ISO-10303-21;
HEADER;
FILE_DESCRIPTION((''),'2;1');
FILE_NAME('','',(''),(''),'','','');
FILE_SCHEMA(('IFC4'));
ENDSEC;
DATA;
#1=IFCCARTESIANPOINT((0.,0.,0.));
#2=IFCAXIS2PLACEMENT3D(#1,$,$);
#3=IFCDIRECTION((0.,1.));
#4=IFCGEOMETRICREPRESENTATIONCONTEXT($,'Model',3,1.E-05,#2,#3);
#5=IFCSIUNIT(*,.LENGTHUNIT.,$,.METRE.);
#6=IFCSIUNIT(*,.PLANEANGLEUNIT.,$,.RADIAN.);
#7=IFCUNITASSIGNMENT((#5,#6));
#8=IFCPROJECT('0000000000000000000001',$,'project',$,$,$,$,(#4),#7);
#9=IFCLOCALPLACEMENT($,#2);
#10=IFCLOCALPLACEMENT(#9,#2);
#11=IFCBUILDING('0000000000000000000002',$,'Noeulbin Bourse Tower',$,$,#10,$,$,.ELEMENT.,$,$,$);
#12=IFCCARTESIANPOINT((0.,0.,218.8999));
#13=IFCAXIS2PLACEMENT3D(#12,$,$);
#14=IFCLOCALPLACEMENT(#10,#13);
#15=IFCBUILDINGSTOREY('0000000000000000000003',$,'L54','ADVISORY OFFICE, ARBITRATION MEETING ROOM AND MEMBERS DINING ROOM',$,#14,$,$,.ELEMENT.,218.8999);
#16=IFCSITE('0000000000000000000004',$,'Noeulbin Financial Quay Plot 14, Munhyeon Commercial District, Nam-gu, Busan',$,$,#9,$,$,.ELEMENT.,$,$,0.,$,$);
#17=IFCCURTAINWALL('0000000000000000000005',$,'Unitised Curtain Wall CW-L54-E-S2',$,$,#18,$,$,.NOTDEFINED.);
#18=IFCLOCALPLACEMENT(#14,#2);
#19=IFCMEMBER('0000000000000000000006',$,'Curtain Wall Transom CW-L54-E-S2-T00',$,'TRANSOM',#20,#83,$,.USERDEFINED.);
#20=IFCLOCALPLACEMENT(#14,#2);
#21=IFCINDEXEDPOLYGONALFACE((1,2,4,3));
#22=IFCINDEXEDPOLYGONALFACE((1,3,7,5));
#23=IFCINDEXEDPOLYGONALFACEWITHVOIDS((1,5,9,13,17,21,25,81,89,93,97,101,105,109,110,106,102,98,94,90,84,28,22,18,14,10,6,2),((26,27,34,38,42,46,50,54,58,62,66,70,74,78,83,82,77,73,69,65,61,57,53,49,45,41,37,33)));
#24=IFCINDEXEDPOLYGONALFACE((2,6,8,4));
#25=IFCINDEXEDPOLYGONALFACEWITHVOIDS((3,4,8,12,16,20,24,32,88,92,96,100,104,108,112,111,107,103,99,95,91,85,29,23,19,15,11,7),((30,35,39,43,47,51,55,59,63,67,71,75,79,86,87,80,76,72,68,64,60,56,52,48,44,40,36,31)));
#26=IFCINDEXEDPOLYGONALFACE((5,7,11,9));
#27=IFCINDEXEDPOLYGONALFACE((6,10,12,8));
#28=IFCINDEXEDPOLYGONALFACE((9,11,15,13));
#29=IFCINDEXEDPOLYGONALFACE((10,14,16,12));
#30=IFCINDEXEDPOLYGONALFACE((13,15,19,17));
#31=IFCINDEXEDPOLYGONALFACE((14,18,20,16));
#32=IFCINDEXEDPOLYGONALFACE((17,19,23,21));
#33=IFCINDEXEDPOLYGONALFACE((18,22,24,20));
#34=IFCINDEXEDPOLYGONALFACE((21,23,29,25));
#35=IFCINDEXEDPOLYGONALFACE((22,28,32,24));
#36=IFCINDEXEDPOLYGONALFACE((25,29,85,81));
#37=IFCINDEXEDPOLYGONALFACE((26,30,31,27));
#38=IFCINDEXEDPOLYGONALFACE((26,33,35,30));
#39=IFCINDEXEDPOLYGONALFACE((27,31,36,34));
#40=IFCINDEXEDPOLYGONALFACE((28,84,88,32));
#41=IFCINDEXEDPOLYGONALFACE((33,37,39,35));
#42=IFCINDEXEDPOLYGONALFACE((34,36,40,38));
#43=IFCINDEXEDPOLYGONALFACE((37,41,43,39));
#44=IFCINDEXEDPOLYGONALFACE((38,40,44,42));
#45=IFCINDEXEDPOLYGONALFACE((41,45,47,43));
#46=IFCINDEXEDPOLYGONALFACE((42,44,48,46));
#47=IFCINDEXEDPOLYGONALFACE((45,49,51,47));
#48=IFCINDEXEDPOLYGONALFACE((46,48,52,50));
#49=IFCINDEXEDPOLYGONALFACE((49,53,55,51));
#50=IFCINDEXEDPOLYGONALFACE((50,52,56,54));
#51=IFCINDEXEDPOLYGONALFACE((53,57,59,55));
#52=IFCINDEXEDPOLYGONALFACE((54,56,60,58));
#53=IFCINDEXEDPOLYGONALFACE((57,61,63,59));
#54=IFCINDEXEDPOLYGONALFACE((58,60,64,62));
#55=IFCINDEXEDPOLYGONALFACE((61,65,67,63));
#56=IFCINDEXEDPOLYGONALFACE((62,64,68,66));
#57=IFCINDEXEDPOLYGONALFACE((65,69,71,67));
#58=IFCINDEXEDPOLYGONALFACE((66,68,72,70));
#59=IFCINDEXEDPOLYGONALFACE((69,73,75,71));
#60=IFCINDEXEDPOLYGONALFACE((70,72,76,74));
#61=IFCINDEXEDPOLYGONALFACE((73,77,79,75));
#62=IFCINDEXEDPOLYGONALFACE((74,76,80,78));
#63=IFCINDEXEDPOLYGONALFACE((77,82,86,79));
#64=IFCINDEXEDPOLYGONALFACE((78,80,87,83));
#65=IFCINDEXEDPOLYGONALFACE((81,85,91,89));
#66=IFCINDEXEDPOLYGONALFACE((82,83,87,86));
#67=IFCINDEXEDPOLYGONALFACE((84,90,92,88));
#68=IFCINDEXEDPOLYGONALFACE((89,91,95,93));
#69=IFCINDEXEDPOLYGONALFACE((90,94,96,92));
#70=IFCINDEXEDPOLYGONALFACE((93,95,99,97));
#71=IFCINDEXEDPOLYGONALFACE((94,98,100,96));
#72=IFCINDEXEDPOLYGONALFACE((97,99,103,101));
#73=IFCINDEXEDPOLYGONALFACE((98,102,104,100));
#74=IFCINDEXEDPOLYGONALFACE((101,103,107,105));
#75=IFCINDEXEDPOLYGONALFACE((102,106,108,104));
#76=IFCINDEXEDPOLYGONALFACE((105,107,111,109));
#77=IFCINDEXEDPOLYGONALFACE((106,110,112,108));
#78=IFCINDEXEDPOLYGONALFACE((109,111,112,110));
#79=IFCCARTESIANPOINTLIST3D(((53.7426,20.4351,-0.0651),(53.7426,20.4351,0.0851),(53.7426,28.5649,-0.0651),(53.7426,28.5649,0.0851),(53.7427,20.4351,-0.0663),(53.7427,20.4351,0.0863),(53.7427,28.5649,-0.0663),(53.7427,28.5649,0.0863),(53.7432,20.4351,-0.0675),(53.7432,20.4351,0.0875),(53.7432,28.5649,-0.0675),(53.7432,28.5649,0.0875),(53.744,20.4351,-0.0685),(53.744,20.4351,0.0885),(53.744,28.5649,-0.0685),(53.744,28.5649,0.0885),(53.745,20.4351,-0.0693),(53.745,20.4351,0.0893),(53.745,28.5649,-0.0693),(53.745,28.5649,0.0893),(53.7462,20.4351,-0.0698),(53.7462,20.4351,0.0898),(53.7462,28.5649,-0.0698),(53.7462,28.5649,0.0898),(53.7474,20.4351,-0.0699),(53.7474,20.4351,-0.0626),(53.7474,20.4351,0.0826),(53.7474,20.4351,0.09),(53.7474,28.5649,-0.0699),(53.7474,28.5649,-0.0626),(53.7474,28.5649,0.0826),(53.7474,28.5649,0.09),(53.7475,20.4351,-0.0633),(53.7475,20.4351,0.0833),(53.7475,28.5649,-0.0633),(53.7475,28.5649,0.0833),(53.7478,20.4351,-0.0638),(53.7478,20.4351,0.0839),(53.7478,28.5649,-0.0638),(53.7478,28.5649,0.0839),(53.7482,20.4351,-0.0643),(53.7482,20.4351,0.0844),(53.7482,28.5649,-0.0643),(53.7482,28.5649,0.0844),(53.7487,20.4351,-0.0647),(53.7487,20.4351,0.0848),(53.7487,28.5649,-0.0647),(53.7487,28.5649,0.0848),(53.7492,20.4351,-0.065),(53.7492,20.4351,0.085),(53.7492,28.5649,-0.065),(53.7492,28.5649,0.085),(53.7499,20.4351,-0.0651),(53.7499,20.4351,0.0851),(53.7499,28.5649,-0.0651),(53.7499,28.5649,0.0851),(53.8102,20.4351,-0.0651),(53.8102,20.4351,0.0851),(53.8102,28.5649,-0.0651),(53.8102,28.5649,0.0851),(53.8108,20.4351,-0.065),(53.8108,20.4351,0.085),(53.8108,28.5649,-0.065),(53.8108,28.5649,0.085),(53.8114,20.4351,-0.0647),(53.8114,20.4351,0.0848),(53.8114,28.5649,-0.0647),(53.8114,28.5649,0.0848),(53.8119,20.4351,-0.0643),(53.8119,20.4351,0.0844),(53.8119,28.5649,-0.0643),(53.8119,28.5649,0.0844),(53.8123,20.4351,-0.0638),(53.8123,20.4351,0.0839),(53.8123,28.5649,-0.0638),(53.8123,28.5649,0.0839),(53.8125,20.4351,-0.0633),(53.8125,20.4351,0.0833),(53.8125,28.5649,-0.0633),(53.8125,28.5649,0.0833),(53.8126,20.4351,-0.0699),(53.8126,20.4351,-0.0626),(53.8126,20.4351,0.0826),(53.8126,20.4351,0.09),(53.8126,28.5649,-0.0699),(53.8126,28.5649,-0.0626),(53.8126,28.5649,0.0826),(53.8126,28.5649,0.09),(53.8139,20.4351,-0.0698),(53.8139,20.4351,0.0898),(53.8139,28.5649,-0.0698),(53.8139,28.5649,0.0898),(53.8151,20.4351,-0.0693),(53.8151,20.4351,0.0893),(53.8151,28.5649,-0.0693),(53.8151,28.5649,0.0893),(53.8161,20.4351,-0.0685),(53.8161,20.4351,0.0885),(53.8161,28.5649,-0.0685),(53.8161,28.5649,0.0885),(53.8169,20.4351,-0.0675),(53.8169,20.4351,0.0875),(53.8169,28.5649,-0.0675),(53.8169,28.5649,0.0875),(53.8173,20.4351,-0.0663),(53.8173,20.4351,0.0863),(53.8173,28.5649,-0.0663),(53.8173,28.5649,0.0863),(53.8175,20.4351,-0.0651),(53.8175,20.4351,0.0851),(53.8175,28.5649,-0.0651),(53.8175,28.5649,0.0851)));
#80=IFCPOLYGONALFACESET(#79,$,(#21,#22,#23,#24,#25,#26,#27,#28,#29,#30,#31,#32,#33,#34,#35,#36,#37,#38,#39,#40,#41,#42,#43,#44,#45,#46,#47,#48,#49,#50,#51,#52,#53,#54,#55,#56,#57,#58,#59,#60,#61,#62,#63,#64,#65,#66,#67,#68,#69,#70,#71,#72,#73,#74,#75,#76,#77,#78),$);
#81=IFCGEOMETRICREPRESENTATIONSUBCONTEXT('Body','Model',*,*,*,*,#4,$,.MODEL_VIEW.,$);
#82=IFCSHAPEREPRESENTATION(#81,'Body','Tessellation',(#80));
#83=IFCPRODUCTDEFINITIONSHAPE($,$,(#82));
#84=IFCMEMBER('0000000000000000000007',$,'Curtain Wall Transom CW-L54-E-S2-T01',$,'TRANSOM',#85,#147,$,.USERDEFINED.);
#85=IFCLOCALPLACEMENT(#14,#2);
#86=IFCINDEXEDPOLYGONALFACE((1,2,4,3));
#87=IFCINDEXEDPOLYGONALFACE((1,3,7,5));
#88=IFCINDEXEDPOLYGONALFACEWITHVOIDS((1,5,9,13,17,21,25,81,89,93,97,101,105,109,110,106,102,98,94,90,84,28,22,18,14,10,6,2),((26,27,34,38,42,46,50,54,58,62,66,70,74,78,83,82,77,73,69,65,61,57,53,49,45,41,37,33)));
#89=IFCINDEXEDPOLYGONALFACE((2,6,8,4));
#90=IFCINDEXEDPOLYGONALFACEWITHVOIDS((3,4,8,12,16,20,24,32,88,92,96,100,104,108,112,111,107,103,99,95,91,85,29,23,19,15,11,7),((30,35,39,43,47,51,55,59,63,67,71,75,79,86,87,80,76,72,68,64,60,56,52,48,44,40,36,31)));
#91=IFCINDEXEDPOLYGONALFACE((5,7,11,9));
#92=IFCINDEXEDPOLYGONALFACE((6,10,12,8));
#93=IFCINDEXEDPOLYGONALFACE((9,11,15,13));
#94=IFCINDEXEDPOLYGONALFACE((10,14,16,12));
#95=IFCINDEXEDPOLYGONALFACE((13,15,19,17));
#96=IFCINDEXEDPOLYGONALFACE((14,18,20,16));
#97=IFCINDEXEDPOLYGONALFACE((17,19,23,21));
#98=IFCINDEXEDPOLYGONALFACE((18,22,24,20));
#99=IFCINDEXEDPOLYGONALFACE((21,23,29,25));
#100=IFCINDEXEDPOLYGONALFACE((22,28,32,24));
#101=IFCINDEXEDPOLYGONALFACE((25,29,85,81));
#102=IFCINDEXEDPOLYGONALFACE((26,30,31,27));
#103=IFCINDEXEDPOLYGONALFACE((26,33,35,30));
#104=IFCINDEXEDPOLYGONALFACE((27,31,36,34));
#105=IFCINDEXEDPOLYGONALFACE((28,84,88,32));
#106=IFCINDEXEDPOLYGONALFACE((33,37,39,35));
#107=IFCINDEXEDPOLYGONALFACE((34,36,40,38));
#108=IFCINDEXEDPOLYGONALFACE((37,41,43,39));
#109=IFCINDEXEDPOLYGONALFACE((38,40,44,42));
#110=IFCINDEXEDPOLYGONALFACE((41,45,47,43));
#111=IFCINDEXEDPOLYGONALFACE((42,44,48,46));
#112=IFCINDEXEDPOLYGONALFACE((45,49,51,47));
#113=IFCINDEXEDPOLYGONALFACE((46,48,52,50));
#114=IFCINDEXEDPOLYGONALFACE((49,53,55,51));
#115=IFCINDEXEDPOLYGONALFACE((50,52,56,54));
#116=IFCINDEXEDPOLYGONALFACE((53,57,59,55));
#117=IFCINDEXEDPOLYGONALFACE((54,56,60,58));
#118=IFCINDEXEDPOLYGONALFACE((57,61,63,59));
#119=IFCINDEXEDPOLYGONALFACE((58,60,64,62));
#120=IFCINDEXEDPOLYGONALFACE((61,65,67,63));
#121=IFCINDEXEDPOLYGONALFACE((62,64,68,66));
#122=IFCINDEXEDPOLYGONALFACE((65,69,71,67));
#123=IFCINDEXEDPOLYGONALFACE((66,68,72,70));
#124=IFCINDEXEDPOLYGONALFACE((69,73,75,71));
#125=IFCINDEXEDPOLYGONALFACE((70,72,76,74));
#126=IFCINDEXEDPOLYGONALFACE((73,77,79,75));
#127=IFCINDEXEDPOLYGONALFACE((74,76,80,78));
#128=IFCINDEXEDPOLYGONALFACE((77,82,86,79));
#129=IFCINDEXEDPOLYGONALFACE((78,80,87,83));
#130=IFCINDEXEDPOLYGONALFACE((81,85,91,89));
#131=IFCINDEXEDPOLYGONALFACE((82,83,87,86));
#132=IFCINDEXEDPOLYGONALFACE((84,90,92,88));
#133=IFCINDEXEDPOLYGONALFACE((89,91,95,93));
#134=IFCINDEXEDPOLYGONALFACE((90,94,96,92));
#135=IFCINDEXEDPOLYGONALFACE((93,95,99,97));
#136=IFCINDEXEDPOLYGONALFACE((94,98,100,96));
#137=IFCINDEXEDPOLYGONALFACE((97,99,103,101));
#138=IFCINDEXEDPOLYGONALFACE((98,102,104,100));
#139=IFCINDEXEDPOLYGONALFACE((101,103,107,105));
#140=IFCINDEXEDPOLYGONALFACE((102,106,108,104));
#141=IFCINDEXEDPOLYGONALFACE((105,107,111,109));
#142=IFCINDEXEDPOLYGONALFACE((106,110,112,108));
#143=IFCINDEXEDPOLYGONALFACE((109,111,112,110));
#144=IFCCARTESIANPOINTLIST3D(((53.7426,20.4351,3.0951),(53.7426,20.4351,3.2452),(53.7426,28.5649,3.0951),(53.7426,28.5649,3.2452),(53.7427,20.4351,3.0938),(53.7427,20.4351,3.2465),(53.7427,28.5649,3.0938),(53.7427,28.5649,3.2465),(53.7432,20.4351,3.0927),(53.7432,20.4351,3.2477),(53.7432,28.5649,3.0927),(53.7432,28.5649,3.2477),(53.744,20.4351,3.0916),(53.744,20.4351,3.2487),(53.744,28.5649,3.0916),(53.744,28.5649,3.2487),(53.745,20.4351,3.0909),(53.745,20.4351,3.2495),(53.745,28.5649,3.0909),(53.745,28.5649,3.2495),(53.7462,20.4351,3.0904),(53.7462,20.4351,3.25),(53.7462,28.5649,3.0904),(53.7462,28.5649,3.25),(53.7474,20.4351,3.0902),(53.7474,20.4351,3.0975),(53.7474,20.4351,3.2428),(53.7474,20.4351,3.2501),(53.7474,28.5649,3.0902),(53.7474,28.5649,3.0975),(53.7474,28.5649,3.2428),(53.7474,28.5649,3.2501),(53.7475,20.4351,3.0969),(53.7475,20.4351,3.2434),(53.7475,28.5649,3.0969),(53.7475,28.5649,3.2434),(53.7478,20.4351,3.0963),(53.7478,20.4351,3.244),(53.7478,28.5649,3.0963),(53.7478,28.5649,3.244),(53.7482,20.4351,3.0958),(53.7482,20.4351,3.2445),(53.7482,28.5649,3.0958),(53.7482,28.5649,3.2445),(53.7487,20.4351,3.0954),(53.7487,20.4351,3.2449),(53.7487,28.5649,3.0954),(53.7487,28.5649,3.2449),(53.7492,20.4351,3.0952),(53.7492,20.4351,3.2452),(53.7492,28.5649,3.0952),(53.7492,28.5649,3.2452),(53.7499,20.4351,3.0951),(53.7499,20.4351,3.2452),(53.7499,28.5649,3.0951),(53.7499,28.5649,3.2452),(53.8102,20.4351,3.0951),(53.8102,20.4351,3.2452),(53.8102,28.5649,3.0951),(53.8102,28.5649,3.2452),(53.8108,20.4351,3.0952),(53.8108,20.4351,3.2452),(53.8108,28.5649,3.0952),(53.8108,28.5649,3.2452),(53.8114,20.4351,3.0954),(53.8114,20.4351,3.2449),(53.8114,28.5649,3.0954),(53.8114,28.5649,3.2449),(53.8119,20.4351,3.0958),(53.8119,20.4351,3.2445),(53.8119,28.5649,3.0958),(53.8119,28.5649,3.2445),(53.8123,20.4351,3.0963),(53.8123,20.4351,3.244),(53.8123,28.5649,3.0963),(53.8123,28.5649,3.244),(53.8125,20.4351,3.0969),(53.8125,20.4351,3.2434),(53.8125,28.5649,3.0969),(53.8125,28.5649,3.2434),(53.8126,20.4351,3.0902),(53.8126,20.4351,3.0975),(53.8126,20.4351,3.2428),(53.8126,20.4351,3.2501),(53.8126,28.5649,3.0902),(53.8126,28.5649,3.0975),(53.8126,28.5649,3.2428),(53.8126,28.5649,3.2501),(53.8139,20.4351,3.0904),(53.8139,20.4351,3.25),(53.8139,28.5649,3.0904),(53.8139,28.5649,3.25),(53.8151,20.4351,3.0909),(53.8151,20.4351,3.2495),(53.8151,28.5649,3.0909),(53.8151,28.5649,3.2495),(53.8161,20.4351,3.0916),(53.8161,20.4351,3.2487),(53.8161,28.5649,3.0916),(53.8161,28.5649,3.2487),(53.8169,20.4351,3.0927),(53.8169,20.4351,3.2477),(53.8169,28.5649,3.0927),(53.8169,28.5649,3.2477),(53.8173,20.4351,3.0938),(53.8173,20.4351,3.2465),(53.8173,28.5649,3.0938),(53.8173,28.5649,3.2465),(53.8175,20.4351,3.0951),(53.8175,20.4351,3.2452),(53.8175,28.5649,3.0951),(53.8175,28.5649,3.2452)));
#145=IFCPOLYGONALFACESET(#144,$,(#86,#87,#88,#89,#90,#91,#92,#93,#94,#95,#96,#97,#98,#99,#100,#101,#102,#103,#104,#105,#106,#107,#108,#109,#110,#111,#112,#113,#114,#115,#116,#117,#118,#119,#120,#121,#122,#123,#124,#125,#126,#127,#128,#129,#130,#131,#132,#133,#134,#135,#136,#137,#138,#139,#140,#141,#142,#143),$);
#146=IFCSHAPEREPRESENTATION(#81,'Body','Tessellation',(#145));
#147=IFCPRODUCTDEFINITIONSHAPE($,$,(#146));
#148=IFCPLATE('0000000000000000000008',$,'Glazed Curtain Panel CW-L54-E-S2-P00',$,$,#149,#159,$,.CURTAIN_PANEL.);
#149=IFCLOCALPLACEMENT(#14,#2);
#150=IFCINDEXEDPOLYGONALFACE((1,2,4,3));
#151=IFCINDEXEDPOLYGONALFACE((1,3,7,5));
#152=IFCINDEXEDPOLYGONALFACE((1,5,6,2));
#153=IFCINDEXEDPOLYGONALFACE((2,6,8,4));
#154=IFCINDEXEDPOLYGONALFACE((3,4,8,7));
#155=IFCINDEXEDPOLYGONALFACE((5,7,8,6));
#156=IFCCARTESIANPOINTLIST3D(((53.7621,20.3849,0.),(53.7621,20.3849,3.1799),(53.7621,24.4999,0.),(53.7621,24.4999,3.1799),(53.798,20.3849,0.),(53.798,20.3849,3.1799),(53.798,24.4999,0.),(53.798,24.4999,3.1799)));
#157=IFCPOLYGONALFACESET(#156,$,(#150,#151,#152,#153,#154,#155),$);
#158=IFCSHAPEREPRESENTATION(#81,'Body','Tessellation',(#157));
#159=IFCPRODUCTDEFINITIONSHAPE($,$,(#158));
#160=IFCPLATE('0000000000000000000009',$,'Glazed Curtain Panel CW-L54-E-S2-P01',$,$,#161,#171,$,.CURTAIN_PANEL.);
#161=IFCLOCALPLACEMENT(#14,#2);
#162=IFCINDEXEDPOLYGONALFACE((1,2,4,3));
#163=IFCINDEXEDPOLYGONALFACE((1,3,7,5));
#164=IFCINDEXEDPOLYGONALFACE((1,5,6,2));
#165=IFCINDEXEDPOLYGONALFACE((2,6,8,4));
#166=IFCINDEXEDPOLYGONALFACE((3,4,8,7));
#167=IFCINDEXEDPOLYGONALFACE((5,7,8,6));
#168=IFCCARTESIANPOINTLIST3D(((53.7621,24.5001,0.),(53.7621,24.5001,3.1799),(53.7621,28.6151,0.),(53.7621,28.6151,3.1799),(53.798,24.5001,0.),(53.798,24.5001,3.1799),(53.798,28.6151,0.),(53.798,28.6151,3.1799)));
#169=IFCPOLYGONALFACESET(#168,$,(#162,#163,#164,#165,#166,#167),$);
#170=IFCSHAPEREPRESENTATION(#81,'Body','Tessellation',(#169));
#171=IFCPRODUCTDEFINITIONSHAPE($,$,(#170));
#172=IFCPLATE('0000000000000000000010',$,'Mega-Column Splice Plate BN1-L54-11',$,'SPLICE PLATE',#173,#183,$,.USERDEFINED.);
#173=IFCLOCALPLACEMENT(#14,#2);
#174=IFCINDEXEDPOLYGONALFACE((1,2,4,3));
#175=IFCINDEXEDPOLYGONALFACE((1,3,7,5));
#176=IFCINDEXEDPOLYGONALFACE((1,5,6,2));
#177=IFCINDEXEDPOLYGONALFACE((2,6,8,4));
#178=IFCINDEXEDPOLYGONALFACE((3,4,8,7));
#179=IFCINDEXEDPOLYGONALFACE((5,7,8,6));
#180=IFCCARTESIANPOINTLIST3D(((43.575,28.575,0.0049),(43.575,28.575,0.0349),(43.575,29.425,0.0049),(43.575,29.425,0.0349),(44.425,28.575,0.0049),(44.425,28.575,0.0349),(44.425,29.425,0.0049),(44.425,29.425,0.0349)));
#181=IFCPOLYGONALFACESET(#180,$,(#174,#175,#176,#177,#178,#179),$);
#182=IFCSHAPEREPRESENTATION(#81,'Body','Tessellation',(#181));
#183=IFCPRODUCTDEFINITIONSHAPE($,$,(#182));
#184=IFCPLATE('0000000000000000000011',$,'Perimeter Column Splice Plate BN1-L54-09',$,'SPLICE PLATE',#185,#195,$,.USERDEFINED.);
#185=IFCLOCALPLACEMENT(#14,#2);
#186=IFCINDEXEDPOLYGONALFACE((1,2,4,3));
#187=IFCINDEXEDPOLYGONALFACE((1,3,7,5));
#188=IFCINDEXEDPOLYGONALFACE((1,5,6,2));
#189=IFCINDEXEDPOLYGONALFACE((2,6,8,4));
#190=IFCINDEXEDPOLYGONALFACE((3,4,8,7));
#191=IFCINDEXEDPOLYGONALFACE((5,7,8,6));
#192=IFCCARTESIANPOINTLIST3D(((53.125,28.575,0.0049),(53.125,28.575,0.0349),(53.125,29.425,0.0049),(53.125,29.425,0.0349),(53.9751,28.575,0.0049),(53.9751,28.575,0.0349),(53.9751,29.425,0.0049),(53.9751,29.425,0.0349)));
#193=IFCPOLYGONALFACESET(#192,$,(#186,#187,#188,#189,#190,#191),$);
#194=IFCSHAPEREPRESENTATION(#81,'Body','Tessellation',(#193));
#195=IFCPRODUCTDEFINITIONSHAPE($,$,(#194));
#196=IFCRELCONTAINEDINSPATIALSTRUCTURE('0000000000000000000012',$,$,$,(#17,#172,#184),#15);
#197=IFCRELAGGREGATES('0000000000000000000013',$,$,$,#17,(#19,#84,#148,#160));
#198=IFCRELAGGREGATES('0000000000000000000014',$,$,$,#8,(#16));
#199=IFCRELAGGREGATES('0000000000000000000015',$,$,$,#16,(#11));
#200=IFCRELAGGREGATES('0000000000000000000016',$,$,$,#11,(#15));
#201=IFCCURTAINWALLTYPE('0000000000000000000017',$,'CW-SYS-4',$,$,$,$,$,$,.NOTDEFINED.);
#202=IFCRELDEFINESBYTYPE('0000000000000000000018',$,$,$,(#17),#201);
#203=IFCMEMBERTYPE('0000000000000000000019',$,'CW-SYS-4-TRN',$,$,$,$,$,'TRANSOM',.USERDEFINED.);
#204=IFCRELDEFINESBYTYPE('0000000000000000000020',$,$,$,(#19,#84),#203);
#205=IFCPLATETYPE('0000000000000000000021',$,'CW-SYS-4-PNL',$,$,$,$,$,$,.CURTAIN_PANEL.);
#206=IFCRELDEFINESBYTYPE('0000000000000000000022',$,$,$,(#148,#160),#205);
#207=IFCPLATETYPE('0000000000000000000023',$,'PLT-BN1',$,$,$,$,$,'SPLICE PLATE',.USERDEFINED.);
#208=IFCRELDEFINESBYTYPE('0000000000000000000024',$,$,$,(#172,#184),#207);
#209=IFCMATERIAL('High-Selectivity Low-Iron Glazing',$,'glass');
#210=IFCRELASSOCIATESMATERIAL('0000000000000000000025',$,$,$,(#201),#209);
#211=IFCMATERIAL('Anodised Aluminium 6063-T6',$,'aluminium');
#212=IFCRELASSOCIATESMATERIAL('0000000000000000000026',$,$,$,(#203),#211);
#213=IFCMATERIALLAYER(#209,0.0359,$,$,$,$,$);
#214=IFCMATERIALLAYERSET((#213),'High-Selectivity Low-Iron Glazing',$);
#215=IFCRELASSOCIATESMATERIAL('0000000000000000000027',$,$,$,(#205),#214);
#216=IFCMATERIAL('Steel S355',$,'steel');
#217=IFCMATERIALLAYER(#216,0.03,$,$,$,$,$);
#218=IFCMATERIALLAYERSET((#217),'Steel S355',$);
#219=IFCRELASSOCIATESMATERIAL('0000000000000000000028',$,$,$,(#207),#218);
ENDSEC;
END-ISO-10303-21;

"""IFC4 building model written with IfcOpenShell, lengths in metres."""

from ifc_helpers import new_model, si_unit, direction, frame, origin, origin_2d, place, context, subcontext, project, spatial, rectangle, hollow_rectangle, extrude, material, layer, layer_set, material_profile, profile_set, type_object, element, aggregate, save


model = new_model("IFC4")

# Units and contexts
model_context = context("Model", 3, precision=1e-05, world=origin(), true_north=direction((0.0, 1.0)))
body_context = subcontext(model_context, "Body", "Model", "MODEL_VIEW")
ifc_project = project(units=[si_unit("LENGTHUNIT", "METRE"), si_unit("PLANEANGLEUNIT", "RADIAN")], contexts=[model_context])

# Site, building, storey
site_placement = place(None, origin())
site = spatial("IfcSite", under=ifc_project, at=site_placement, Name="Noeulbin Financial Quay Plot 14, Munhyeon Commercial District, Nam-gu, Busan", CompositionType="ELEMENT", RefElevation=0.0)
building_placement = place(site_placement, origin())
building = spatial("IfcBuilding", under=site, at=building_placement, Name="Noeulbin Bourse Tower", CompositionType="ELEMENT")
storey_placement = place(building_placement, frame((0.0, 0.0, 218.8999)))
storey = spatial("IfcBuildingStorey", under=building, at=storey_placement, Name="L54", Description="ADVISORY OFFICE, ARBITRATION MEETING ROOM AND MEMBERS DINING ROOM", CompositionType="ELEMENT", Elevation=218.8999)

# Shared definitions
ifc_material_1 = material(Name="Steel S355", Category="steel")

# Curtain wall
ifc_material_2 = material(Name="High-Selectivity Low-Iron Glazing", Category="glass")
curtain_wall_type = type_object("IfcCurtainWallType", Name="CW-SYS-4", PredefinedType="NOTDEFINED", material=ifc_material_2)
curtain_wall_1_placement = place(storey_placement, origin())
curtain_wall_1 = element("IfcCurtainWall", 1, at=curtain_wall_1_placement, inside=storey, type_object=curtain_wall_type, Name="Unitised Curtain Wall CW-L54-E-S2", PredefinedType="NOTDEFINED")
ifc_material_3 = material(Name="Anodised Aluminium 6063-T6", Category="aluminium")

# Members
ifc_material_profile_1 = material_profile(ifc_material_3, hollow_rectangle(XDim=0.075, YDim=0.1599, WallThickness=0.0049, InnerFilletRadius=0.0024, OuterFilletRadius=0.0049, at=origin_2d()), Name="ALU-TRAN-75x160x5", Category="LoadBearing")
ifc_profile_set_1 = profile_set([ifc_material_profile_1], Name="Anodised Aluminium 6063-T6")
member_type_1 = type_object("IfcMemberType", Name="CW-SYS-4-TRN", ElementType="TRANSOM", PredefinedType="USERDEFINED", material=ifc_profile_set_1)
member_1_placement = place(storey_placement, frame((53.78, 20.4351, 0.01), z_axis=(0.0, 1.0, 0.0), x_axis=(-1.0, 0.0, 0.0)))
member_1 = element("IfcMember", 2, at=member_1_placement, type_object=member_type_1, Name="Curtain Wall Transom CW-L54-E-S2-T00", ObjectType="TRANSOM", PredefinedType="USERDEFINED", context=body_context, shape_type="SweptSolid", body=[
    extrude(hollow_rectangle(XDim=0.075, YDim=0.1599, WallThickness=0.0049, InnerFilletRadius=0.0024, OuterFilletRadius=0.0049, at=origin_2d()), origin(), (0.0, 0.0, 1.0), 8.1299),
])
member_2_placement = place(storey_placement, frame((53.78, 20.4351, 3.1702), z_axis=(0.0, 1.0, 0.0), x_axis=(-1.0, 0.0, 0.0)))
member_2 = element("IfcMember", 3, at=member_2_placement, type_object=member_type_1, Name="Curtain Wall Transom CW-L54-E-S2-T01", ObjectType="TRANSOM", PredefinedType="USERDEFINED", context=body_context, shape_type="SweptSolid", body=[
    extrude(hollow_rectangle(XDim=0.075, YDim=0.1599, WallThickness=0.0049, InnerFilletRadius=0.0024, OuterFilletRadius=0.0049, at=origin_2d()), origin(), (0.0, 0.0, 1.0), 8.1299),
])

# Plates
ifc_layer_1 = layer(ifc_material_2, 0.0359)
ifc_layer_set_1 = layer_set([ifc_layer_1], Name="High-Selectivity Low-Iron Glazing")
plate_type_1 = type_object("IfcPlateType", Name="CW-SYS-4-PNL", PredefinedType="CURTAIN_PANEL", material=ifc_layer_set_1)
plate_1_placement = place(storey_placement, frame((53.78, 22.4424, 0.0), z_axis=(0.0, 0.0, 1.0), x_axis=(0.0, 1.0, 0.0)))
plate_1 = element("IfcPlate", 4, at=plate_1_placement, type_object=plate_type_1, Name="Glazed Curtain Panel CW-L54-E-S2-P00", PredefinedType="CURTAIN_PANEL", context=body_context, shape_type="SweptSolid", body=[
    extrude(rectangle(XDim=4.115, YDim=0.0359, at=origin_2d()), origin(), (0.0, 0.0, 1.0), 3.1799),
])
plate_2_placement = place(storey_placement, frame((53.78, 26.5576, 0.0), z_axis=(0.0, 0.0, 1.0), x_axis=(0.0, 1.0, 0.0)))
plate_2 = element("IfcPlate", 5, at=plate_2_placement, type_object=plate_type_1, Name="Glazed Curtain Panel CW-L54-E-S2-P01", PredefinedType="CURTAIN_PANEL", context=body_context, shape_type="SweptSolid", body=[
    extrude(rectangle(XDim=4.115, YDim=0.0359, at=origin_2d()), origin(), (0.0, 0.0, 1.0), 3.1799),
])
aggregate(curtain_wall_1, [member_1, member_2, plate_1, plate_2])

# Plates
ifc_layer_2 = layer(ifc_material_1, 0.03)
ifc_layer_set_2 = layer_set([ifc_layer_2], Name="Steel S355")
plate_type_2 = type_object("IfcPlateType", Name="PLT-BN1", ElementType="SPLICE PLATE", PredefinedType="USERDEFINED", material=ifc_layer_set_2)
for number, where, z_axis, x_axis, name in (
    (6, (44.0, 29.0, 0.0049), (0.0, 0.0, 1.0), (1.0, 0.0, 0.0), "Mega-Column Splice Plate BN1-L54-11"),
    (7, (53.55, 29.0, 0.0049), (0.0, 0.0, 1.0), (1.0, 0.0, 0.0), "Perimeter Column Splice Plate BN1-L54-09"),
):
    element("IfcPlate", number, at=place(storey_placement, frame(where, z_axis=z_axis, x_axis=x_axis)), inside=storey, type_object=plate_type_2, Name=name, ObjectType="SPLICE PLATE", PredefinedType="USERDEFINED", context=body_context, shape_type="SweptSolid", body=[
        extrude(rectangle(XDim=0.8501, YDim=0.8501, at=origin_2d()), origin(), (0.0, 0.0, 1.0), 0.03),
    ])

save(model, "model.ifc")
